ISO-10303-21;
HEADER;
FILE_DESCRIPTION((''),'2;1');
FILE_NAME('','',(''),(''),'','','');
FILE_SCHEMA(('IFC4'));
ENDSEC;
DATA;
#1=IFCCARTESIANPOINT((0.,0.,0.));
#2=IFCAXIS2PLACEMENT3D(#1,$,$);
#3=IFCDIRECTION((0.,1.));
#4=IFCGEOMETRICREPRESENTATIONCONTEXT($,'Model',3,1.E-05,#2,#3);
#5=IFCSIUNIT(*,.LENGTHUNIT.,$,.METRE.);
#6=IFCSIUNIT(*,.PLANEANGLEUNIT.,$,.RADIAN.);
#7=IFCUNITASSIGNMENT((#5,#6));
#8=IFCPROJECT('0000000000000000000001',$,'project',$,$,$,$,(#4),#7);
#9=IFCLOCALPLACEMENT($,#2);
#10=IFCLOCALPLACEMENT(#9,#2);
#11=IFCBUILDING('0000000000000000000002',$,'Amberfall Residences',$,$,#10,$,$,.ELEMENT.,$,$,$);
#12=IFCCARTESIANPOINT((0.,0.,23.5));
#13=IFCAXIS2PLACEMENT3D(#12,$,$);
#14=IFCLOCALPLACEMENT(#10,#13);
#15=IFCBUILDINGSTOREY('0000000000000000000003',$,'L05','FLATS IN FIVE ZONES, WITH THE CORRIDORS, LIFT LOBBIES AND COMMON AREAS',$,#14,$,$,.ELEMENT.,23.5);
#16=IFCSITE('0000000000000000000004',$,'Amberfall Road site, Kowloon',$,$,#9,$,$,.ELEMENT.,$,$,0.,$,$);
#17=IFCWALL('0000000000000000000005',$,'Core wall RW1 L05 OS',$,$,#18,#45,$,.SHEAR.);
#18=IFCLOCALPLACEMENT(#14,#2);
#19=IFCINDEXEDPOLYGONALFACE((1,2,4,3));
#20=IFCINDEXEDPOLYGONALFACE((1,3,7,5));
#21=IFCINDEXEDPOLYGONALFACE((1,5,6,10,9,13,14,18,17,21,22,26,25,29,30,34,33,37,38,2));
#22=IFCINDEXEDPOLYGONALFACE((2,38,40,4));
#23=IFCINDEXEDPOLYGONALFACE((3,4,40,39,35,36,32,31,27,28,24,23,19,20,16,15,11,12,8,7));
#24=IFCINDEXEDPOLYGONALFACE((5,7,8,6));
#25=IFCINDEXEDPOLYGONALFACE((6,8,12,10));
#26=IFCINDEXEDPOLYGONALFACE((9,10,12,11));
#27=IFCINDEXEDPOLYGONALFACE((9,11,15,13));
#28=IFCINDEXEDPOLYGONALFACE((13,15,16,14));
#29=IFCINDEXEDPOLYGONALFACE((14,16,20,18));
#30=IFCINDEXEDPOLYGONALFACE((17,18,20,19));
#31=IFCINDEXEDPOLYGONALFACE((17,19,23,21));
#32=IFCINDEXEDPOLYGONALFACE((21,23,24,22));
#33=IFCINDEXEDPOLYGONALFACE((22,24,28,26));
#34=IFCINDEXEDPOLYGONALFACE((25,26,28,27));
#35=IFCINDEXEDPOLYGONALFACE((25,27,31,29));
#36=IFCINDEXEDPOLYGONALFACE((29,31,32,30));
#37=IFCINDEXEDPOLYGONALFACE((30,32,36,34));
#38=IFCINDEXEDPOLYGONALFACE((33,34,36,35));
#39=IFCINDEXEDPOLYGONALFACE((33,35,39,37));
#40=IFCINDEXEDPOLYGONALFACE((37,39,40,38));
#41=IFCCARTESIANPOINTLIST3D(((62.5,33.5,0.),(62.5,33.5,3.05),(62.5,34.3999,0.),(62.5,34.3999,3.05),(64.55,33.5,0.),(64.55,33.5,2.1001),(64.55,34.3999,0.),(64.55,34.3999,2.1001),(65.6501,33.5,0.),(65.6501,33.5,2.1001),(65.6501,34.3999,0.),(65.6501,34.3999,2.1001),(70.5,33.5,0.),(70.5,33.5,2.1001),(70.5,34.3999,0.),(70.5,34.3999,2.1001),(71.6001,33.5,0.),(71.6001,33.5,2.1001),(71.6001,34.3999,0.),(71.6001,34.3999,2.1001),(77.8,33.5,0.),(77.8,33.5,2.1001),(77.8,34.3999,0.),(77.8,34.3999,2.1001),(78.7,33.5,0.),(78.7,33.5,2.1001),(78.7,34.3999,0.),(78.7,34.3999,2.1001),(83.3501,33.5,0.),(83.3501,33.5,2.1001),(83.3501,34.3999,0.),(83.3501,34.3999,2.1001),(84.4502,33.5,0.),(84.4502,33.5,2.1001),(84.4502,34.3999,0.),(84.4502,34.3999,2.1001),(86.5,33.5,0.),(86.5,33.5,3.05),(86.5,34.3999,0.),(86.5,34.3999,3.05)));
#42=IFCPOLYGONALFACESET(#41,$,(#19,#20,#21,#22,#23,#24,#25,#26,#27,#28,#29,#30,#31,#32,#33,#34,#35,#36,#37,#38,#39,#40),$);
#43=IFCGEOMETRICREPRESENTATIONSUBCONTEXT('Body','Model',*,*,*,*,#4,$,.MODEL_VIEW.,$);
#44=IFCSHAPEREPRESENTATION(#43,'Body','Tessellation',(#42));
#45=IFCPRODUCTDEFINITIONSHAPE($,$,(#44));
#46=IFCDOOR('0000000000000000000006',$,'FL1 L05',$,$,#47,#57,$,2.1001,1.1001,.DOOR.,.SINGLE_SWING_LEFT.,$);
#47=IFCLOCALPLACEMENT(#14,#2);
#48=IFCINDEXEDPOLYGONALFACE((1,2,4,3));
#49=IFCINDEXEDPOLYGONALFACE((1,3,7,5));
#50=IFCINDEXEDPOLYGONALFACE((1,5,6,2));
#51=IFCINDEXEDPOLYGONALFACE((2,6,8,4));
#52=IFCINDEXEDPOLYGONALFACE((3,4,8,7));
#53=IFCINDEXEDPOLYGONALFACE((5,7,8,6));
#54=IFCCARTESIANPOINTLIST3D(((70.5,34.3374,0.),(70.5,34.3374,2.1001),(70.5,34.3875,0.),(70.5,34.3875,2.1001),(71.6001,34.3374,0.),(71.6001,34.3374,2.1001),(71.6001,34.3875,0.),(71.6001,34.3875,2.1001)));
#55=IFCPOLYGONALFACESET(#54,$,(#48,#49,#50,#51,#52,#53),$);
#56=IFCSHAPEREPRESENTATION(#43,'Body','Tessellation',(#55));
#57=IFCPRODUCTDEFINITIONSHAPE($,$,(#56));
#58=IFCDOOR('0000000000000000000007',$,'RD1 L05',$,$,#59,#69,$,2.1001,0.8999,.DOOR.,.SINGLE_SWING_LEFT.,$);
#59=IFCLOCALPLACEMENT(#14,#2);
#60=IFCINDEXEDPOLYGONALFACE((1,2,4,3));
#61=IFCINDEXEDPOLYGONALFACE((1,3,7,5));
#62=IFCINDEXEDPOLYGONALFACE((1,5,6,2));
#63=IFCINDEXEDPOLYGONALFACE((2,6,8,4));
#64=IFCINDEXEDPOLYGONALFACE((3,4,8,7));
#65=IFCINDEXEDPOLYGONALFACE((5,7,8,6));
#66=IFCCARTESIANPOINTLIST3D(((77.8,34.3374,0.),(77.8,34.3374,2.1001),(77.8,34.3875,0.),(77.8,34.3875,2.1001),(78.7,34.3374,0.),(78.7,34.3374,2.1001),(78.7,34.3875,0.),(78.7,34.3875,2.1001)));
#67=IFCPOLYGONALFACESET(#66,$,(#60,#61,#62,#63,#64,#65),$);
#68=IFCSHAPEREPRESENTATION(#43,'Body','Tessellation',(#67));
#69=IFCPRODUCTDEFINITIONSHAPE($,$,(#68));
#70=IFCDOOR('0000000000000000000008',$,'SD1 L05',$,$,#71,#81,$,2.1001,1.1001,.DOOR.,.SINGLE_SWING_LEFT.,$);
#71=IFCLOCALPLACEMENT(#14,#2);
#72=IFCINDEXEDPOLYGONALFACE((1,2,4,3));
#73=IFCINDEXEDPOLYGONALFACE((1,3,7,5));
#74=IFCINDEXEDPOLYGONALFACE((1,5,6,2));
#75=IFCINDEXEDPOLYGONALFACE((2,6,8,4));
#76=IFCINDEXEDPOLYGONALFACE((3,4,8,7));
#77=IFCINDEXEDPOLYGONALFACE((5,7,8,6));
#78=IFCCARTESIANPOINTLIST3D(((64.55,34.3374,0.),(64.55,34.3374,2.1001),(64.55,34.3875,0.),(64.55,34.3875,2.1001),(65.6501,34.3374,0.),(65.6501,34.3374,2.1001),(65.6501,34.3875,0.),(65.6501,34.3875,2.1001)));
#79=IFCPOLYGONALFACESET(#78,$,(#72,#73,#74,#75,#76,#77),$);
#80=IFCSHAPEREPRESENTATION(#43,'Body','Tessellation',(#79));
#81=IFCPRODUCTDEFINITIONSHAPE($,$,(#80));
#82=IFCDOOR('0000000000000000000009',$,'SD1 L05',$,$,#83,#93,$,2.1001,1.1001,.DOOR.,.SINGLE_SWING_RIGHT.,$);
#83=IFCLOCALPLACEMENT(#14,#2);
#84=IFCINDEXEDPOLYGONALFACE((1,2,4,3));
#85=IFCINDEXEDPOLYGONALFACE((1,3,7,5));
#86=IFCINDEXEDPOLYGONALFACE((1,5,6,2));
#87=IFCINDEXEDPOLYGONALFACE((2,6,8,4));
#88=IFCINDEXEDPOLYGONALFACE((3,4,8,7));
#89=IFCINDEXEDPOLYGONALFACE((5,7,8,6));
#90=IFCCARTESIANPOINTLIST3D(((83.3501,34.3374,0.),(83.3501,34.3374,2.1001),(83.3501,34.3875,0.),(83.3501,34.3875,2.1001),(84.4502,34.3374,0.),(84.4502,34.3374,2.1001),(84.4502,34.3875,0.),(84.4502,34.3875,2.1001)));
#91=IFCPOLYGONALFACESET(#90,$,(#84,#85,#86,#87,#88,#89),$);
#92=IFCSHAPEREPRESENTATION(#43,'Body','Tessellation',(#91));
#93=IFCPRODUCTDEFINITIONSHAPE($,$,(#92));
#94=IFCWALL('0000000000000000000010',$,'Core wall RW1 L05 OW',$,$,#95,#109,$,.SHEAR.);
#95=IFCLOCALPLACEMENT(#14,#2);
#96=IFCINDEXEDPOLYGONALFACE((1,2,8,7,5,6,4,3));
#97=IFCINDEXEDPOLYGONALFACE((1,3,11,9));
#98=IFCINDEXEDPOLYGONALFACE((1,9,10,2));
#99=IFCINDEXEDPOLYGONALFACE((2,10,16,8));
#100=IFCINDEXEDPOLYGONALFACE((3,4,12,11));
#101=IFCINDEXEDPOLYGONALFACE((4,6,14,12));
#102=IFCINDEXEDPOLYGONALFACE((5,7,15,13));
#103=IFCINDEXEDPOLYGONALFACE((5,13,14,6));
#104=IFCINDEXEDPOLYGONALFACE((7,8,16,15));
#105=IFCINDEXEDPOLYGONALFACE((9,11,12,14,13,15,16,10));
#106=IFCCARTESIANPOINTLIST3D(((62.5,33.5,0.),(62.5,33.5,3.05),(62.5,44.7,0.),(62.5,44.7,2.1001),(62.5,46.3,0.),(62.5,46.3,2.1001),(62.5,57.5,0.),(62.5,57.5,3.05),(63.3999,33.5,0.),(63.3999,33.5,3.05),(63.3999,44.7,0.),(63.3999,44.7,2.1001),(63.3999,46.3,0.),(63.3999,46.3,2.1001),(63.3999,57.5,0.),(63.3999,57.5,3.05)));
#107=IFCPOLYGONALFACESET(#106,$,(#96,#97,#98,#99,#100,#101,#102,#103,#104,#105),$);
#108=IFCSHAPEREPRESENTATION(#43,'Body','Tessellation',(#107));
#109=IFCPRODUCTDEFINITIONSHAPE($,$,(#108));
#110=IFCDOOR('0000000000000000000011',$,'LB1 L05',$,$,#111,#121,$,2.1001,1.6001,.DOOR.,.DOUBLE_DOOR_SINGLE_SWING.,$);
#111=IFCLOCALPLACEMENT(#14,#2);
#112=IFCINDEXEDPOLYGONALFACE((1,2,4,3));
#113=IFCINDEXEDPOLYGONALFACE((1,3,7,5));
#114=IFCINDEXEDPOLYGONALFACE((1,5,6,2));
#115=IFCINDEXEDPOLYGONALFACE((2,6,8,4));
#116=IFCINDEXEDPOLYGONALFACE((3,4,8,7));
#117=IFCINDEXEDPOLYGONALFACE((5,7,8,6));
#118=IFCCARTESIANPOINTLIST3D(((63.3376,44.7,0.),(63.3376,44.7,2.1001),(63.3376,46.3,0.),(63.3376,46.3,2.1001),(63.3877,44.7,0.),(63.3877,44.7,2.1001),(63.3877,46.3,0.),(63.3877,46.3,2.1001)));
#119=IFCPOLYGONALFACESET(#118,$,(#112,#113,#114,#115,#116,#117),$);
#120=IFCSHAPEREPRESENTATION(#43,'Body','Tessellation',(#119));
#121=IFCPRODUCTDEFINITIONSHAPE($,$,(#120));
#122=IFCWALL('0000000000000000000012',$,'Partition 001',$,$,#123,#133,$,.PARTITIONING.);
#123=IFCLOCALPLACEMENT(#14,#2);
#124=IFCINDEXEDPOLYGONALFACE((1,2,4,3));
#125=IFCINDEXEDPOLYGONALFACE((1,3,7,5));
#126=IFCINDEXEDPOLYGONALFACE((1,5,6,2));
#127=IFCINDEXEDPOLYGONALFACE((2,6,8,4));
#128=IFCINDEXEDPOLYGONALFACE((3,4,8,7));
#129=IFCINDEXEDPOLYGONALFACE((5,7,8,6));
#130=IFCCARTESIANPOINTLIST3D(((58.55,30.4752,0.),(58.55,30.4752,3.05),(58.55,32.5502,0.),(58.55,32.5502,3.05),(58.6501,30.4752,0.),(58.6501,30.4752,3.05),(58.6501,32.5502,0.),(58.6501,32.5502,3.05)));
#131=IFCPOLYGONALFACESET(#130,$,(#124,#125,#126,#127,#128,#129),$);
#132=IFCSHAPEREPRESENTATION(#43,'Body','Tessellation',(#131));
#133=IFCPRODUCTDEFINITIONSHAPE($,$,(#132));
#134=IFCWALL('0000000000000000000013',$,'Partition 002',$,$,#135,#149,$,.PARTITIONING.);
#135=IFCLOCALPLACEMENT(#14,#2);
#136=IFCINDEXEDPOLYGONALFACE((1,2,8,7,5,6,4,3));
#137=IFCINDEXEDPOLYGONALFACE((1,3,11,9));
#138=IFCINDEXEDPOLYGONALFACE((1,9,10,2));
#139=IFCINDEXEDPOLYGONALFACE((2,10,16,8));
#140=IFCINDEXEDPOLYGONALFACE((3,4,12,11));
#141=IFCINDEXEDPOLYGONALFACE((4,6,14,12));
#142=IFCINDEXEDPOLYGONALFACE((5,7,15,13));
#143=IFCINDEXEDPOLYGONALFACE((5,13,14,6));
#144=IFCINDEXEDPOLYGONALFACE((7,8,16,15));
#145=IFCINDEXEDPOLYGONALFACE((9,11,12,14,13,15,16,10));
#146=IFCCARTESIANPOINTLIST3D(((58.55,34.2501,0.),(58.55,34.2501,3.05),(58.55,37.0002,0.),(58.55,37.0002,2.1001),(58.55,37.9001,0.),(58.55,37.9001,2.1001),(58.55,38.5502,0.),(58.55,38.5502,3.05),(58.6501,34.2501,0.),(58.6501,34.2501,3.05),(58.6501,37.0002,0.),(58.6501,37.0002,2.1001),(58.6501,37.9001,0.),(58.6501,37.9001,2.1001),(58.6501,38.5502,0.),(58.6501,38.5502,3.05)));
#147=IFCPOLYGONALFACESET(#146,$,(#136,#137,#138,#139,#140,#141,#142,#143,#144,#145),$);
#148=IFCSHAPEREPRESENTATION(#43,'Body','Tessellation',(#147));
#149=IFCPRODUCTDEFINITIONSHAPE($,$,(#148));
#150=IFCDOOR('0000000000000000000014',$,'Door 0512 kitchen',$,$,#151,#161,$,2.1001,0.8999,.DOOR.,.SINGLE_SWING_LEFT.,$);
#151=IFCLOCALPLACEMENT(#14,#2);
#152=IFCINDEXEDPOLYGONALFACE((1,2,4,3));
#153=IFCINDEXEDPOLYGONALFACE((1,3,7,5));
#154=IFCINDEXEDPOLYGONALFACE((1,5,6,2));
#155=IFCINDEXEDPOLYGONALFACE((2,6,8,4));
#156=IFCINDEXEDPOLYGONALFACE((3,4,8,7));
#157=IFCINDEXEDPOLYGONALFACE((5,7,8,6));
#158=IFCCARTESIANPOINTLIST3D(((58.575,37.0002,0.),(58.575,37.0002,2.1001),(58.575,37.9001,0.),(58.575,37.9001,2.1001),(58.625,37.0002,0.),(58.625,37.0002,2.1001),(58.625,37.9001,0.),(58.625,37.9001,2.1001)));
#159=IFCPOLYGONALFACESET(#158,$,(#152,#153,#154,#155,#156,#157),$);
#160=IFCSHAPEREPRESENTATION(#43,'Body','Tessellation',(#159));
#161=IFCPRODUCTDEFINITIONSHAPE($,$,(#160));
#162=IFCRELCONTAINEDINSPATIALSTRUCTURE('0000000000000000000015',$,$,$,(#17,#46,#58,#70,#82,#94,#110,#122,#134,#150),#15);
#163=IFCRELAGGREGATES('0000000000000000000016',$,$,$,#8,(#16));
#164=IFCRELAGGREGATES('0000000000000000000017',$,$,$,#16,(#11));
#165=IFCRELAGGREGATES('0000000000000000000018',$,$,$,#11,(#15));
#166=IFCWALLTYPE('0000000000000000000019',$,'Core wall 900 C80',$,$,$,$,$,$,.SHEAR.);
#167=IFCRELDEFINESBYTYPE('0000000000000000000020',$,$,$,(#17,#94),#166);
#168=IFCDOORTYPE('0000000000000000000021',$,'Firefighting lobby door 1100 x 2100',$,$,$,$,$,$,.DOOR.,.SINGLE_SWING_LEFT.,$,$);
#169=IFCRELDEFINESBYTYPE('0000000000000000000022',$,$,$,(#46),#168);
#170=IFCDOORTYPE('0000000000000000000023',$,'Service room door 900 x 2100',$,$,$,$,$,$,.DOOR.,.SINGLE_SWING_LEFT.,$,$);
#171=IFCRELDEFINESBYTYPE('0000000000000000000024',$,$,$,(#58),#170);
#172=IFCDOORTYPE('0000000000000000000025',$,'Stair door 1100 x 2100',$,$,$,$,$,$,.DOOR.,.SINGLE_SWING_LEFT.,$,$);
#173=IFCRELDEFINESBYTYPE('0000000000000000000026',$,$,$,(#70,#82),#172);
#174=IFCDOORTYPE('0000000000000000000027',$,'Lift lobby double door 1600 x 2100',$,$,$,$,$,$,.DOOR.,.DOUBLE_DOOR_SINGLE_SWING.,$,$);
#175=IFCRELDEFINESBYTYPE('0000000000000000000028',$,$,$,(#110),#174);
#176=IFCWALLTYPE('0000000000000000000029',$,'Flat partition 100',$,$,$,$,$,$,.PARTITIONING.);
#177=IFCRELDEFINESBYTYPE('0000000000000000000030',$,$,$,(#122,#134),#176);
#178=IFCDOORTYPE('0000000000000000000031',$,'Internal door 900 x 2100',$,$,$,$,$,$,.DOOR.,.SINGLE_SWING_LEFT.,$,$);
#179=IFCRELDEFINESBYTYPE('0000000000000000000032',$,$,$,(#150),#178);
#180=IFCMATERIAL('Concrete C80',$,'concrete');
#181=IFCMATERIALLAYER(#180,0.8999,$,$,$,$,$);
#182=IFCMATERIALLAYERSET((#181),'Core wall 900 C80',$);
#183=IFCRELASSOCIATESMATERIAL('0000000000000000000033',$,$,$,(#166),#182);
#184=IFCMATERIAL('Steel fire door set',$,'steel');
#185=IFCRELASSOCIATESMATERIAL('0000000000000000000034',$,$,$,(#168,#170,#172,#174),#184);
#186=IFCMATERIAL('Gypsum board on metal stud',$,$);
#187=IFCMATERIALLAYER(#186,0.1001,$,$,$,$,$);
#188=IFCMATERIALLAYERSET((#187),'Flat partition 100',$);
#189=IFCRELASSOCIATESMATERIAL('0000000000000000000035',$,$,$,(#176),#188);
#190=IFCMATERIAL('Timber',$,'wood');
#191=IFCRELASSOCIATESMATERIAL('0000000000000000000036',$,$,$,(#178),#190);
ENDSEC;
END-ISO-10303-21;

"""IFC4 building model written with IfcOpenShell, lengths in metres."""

from ifc_helpers import new_model, si_unit, direction, frame, frame_2d, origin, place, context, subcontext, project, spatial, rectangle, extrude, material, layer, layer_set, type_object, element, fill, save


model = new_model("IFC4")

# Units and contexts
model_context = context("Model", 3, precision=1e-05, world=origin(), true_north=direction((0.0, 1.0)))
body_context = subcontext(model_context, "Body", "Model", "MODEL_VIEW")
ifc_project = project(units=[si_unit("LENGTHUNIT", "METRE"), si_unit("PLANEANGLEUNIT", "RADIAN")], contexts=[model_context])

# Site, building, storey
site_placement = place(None, origin())
site = spatial("IfcSite", under=ifc_project, at=site_placement, Name="Amberfall Road site, Kowloon", CompositionType="ELEMENT", RefElevation=0.0)
building_placement = place(site_placement, origin())
building = spatial("IfcBuilding", under=site, at=building_placement, Name="Amberfall Residences", CompositionType="ELEMENT")
storey_placement = place(building_placement, frame((0.0, 0.0, 23.5)))
storey = spatial("IfcBuildingStorey", under=building, at=storey_placement, Name="L05", Description="FLATS IN FIVE ZONES, WITH THE CORRIDORS, LIFT LOBBIES AND COMMON AREAS", CompositionType="ELEMENT", Elevation=23.5)

# Wall, openings, doors
ifc_material_1 = material(Name="Concrete C80", Category="concrete")
ifc_layer_1 = layer(ifc_material_1, 0.8999)
ifc_layer_set_1 = layer_set([ifc_layer_1], Name="Core wall 900 C80")
wall_type_1 = type_object("IfcWallType", Name="Core wall 900 C80", PredefinedType="SHEAR", material=ifc_layer_set_1)
wall_1_placement = place(storey_placement, frame((62.5, 33.95, 0.0), z_axis=(0.0, 0.0, 1.0), x_axis=(1.0, 0.0, 0.0)))
wall_1 = element("IfcWall", 1, at=wall_1_placement, inside=storey, type_object=wall_type_1, Name="Core wall RW1 L05 OS", PredefinedType="SHEAR", context=body_context, shape_type="SweptSolid", body=[
    extrude(rectangle(XDim=24.0, YDim=0.8999, at=frame_2d((12.0, 0.0))), origin(), (0.0, 0.0, 1.0), 3.05),
])
opening_1_placement = place(wall_1_placement, frame((2.05, 0.0, 0.0)))
opening_1 = element("IfcOpeningElement", 2, at=opening_1_placement, cuts=wall_1, PredefinedType="OPENING", context=body_context, shape_type="SweptSolid", body=[
    extrude(rectangle(XDim=1.1001, YDim=2.1001, at=frame_2d((0.55, 1.05))), frame((0.0, 0.46, 0.0), z_axis=(0.0, -1.0, 0.0), x_axis=(1.0, 0.0, 0.0)), (0.0, 0.0, 1.0), 0.9199),
])
opening_2_placement = place(wall_1_placement, frame((20.8501, 0.0, 0.0)))
opening_2 = element("IfcOpeningElement", 3, at=opening_2_placement, cuts=wall_1, PredefinedType="OPENING", context=body_context, shape_type="SweptSolid", body=[
    extrude(rectangle(XDim=1.1001, YDim=2.1001, at=frame_2d((0.55, 1.05))), frame((0.0, 0.46, 0.0), z_axis=(0.0, -1.0, 0.0), x_axis=(1.0, 0.0, 0.0)), (0.0, 0.0, 1.0), 0.9199),
])
opening_3_placement = place(wall_1_placement, frame((8.0, 0.0, 0.0)))
opening_3 = element("IfcOpeningElement", 4, at=opening_3_placement, cuts=wall_1, PredefinedType="OPENING", context=body_context, shape_type="SweptSolid", body=[
    extrude(rectangle(XDim=1.1001, YDim=2.1001, at=frame_2d((0.55, 1.05))), frame((0.0, 0.46, 0.0), z_axis=(0.0, -1.0, 0.0), x_axis=(1.0, 0.0, 0.0)), (0.0, 0.0, 1.0), 0.9199),
])
opening_4_placement = place(wall_1_placement, frame((15.3, 0.0, 0.0)))
opening_4 = element("IfcOpeningElement", 5, at=opening_4_placement, cuts=wall_1, PredefinedType="OPENING", context=body_context, shape_type="SweptSolid", body=[
    extrude(rectangle(XDim=0.8999, YDim=2.1001, at=frame_2d((0.45, 1.05))), frame((0.0, 0.46, 0.0), z_axis=(0.0, -1.0, 0.0), x_axis=(1.0, 0.0, 0.0)), (0.0, 0.0, 1.0), 0.9199),
])
ifc_material_2 = material(Name="Steel fire door set", Category="steel")
door_type_1 = type_object("IfcDoorType", Name="Firefighting lobby door 1100 x 2100", OperationType="SINGLE_SWING_LEFT", PredefinedType="DOOR", material=ifc_material_2)
door_1_placement = place(opening_3_placement, origin())
door_1 = element("IfcDoor", 6, at=door_1_placement, inside=storey, type_object=door_type_1, Name="FL1 L05", OperationType="SINGLE_SWING_LEFT", OverallHeight=2.1001, OverallWidth=1.1001, PredefinedType="DOOR", context=body_context, shape_type="SweptSolid", body=[
    extrude(rectangle(XDim=1.1001, YDim=2.1001, at=frame_2d((0.55, 1.05))), frame((0.0, 0.4375, 0.0), z_axis=(0.0, -1.0, 0.0), x_axis=(1.0, 0.0, 0.0)), (0.0, 0.0, 1.0), 0.05),
])
fill(opening_3, door_1)
door_type_2 = type_object("IfcDoorType", Name="Service room door 900 x 2100", OperationType="SINGLE_SWING_LEFT", PredefinedType="DOOR", material=ifc_material_2)
door_2_placement = place(opening_4_placement, origin())
door_2 = element("IfcDoor", 7, at=door_2_placement, inside=storey, type_object=door_type_2, Name="RD1 L05", OperationType="SINGLE_SWING_LEFT", OverallHeight=2.1001, OverallWidth=0.8999, PredefinedType="DOOR", context=body_context, shape_type="SweptSolid", body=[
    extrude(rectangle(XDim=0.8999, YDim=2.1001, at=frame_2d((0.45, 1.05))), frame((0.0, 0.4375, 0.0), z_axis=(0.0, -1.0, 0.0), x_axis=(1.0, 0.0, 0.0)), (0.0, 0.0, 1.0), 0.05),
])
fill(opening_4, door_2)
door_type_3 = type_object("IfcDoorType", Name="Stair door 1100 x 2100", OperationType="SINGLE_SWING_LEFT", PredefinedType="DOOR", material=ifc_material_2)
door_3_placement = place(opening_1_placement, origin())
door_3 = element("IfcDoor", 8, at=door_3_placement, inside=storey, type_object=door_type_3, Name="SD1 L05", OperationType="SINGLE_SWING_LEFT", OverallHeight=2.1001, OverallWidth=1.1001, PredefinedType="DOOR", context=body_context, shape_type="SweptSolid", body=[
    extrude(rectangle(XDim=1.1001, YDim=2.1001, at=frame_2d((0.55, 1.05))), frame((0.0, 0.4375, 0.0), z_axis=(0.0, -1.0, 0.0), x_axis=(1.0, 0.0, 0.0)), (0.0, 0.0, 1.0), 0.05),
])
fill(opening_1, door_3)
door_4_placement = place(opening_2_placement, origin())
door_4 = element("IfcDoor", 9, at=door_4_placement, inside=storey, type_object=door_type_3, Name="SD1 L05", OperationType="SINGLE_SWING_RIGHT", OverallHeight=2.1001, OverallWidth=1.1001, PredefinedType="DOOR", context=body_context, shape_type="SweptSolid", body=[
    extrude(rectangle(XDim=1.1001, YDim=2.1001, at=frame_2d((0.55, 1.05))), frame((0.0, 0.4375, 0.0), z_axis=(0.0, -1.0, 0.0), x_axis=(1.0, 0.0, 0.0)), (0.0, 0.0, 1.0), 0.05),
])
fill(opening_2, door_4)

# Wall, opening, door
wall_2_placement = place(storey_placement, frame((62.95, 33.5, 0.0), z_axis=(0.0, 0.0, 1.0), x_axis=(0.0, 1.0, 0.0)))
wall_2 = element("IfcWall", 10, at=wall_2_placement, inside=storey, type_object=wall_type_1, Name="Core wall RW1 L05 OW", PredefinedType="SHEAR", context=body_context, shape_type="SweptSolid", body=[
    extrude(rectangle(XDim=24.0, YDim=0.8999, at=frame_2d((12.0, 0.0))), origin(), (0.0, 0.0, 1.0), 3.05),
])
opening_5_placement = place(wall_2_placement, frame((11.2, 0.0, 0.0)))
opening_5 = element("IfcOpeningElement", 11, at=opening_5_placement, cuts=wall_2, PredefinedType="OPENING", context=body_context, shape_type="SweptSolid", body=[
    extrude(rectangle(XDim=1.6001, YDim=2.1001, at=frame_2d((0.8, 1.05))), frame((0.0, 0.46, 0.0), z_axis=(0.0, -1.0, 0.0), x_axis=(1.0, 0.0, 0.0)), (0.0, 0.0, 1.0), 0.9199),
])
door_type_4 = type_object("IfcDoorType", Name="Lift lobby double door 1600 x 2100", OperationType="DOUBLE_DOOR_SINGLE_SWING", PredefinedType="DOOR", material=ifc_material_2)
door_5_placement = place(opening_5_placement, origin())
door_5 = element("IfcDoor", 12, at=door_5_placement, inside=storey, type_object=door_type_4, Name="LB1 L05", OperationType="DOUBLE_DOOR_SINGLE_SWING", OverallHeight=2.1001, OverallWidth=1.6001, PredefinedType="DOOR", context=body_context, shape_type="SweptSolid", body=[
    extrude(rectangle(XDim=1.6001, YDim=2.1001, at=frame_2d((0.8, 1.05))), frame((0.0, -0.3877, 0.0), z_axis=(0.0, -1.0, 0.0), x_axis=(1.0, 0.0, 0.0)), (0.0, 0.0, 1.0), 0.05),
])
fill(opening_5, door_5)

# Wall
ifc_material_3 = material(Name="Gypsum board on metal stud")
ifc_layer_2 = layer(ifc_material_3, 0.1001)
ifc_layer_set_2 = layer_set([ifc_layer_2], Name="Flat partition 100")
wall_type_2 = type_object("IfcWallType", Name="Flat partition 100", PredefinedType="PARTITIONING", material=ifc_layer_set_2)
wall_3_placement = place(storey_placement, frame((58.6001, 30.4751, 0.0), z_axis=(0.0, 0.0, 1.0), x_axis=(0.0, 1.0, 0.0)))
element("IfcWall", 13, at=wall_3_placement, inside=storey, type_object=wall_type_2, Name="Partition 001", PredefinedType="PARTITIONING", context=body_context, shape_type="SweptSolid", body=[
    extrude(rectangle(XDim=2.075, YDim=0.1001, at=frame_2d((1.0376, 0.0))), origin(), (0.0, 0.0, 1.0), 3.05),
])

# Wall, opening, door
wall_4_placement = place(storey_placement, frame((58.6001, 38.55, 0.0), z_axis=(0.0, 0.0, 1.0), x_axis=(0.0, -1.0, 0.0)))
wall_4 = element("IfcWall", 14, at=wall_4_placement, inside=storey, type_object=wall_type_2, Name="Partition 002", PredefinedType="PARTITIONING", context=body_context, shape_type="SweptSolid", body=[
    extrude(rectangle(XDim=4.3, YDim=0.1001, at=frame_2d((2.1499, 0.0))), origin(), (0.0, 0.0, 1.0), 3.05),
])
opening_6_placement = place(wall_4_placement, frame((0.6499, 0.0, 0.0)))
opening_6 = element("IfcOpeningElement", 15, at=opening_6_placement, cuts=wall_4, PredefinedType="OPENING", context=body_context, shape_type="SweptSolid", body=[
    extrude(rectangle(XDim=0.8999, YDim=2.1001, at=frame_2d((0.45, 1.05))), frame((0.0, 0.0601, 0.0), z_axis=(0.0, -1.0, 0.0), x_axis=(1.0, 0.0, 0.0)), (0.0, 0.0, 1.0), 0.1201),
])
ifc_material_4 = material(Name="Timber", Category="wood")
door_type_5 = type_object("IfcDoorType", Name="Internal door 900 x 2100", OperationType="SINGLE_SWING_LEFT", PredefinedType="DOOR", material=ifc_material_4)
door_6_placement = place(opening_6_placement, origin())
door_6 = element("IfcDoor", 16, at=door_6_placement, inside=storey, type_object=door_type_5, Name="Door 0512 kitchen", OperationType="SINGLE_SWING_LEFT", OverallHeight=2.1001, OverallWidth=0.8999, PredefinedType="DOOR", context=body_context, shape_type="SweptSolid", body=[
    extrude(rectangle(XDim=0.8999, YDim=2.1001, at=frame_2d((0.45, 1.05))), frame((0.0, 0.0249, 0.0), z_axis=(0.0, -1.0, 0.0), x_axis=(1.0, 0.0, 0.0)), (0.0, 0.0, 1.0), 0.05),
])
fill(opening_6, door_6)

save(model, "model.ifc")
